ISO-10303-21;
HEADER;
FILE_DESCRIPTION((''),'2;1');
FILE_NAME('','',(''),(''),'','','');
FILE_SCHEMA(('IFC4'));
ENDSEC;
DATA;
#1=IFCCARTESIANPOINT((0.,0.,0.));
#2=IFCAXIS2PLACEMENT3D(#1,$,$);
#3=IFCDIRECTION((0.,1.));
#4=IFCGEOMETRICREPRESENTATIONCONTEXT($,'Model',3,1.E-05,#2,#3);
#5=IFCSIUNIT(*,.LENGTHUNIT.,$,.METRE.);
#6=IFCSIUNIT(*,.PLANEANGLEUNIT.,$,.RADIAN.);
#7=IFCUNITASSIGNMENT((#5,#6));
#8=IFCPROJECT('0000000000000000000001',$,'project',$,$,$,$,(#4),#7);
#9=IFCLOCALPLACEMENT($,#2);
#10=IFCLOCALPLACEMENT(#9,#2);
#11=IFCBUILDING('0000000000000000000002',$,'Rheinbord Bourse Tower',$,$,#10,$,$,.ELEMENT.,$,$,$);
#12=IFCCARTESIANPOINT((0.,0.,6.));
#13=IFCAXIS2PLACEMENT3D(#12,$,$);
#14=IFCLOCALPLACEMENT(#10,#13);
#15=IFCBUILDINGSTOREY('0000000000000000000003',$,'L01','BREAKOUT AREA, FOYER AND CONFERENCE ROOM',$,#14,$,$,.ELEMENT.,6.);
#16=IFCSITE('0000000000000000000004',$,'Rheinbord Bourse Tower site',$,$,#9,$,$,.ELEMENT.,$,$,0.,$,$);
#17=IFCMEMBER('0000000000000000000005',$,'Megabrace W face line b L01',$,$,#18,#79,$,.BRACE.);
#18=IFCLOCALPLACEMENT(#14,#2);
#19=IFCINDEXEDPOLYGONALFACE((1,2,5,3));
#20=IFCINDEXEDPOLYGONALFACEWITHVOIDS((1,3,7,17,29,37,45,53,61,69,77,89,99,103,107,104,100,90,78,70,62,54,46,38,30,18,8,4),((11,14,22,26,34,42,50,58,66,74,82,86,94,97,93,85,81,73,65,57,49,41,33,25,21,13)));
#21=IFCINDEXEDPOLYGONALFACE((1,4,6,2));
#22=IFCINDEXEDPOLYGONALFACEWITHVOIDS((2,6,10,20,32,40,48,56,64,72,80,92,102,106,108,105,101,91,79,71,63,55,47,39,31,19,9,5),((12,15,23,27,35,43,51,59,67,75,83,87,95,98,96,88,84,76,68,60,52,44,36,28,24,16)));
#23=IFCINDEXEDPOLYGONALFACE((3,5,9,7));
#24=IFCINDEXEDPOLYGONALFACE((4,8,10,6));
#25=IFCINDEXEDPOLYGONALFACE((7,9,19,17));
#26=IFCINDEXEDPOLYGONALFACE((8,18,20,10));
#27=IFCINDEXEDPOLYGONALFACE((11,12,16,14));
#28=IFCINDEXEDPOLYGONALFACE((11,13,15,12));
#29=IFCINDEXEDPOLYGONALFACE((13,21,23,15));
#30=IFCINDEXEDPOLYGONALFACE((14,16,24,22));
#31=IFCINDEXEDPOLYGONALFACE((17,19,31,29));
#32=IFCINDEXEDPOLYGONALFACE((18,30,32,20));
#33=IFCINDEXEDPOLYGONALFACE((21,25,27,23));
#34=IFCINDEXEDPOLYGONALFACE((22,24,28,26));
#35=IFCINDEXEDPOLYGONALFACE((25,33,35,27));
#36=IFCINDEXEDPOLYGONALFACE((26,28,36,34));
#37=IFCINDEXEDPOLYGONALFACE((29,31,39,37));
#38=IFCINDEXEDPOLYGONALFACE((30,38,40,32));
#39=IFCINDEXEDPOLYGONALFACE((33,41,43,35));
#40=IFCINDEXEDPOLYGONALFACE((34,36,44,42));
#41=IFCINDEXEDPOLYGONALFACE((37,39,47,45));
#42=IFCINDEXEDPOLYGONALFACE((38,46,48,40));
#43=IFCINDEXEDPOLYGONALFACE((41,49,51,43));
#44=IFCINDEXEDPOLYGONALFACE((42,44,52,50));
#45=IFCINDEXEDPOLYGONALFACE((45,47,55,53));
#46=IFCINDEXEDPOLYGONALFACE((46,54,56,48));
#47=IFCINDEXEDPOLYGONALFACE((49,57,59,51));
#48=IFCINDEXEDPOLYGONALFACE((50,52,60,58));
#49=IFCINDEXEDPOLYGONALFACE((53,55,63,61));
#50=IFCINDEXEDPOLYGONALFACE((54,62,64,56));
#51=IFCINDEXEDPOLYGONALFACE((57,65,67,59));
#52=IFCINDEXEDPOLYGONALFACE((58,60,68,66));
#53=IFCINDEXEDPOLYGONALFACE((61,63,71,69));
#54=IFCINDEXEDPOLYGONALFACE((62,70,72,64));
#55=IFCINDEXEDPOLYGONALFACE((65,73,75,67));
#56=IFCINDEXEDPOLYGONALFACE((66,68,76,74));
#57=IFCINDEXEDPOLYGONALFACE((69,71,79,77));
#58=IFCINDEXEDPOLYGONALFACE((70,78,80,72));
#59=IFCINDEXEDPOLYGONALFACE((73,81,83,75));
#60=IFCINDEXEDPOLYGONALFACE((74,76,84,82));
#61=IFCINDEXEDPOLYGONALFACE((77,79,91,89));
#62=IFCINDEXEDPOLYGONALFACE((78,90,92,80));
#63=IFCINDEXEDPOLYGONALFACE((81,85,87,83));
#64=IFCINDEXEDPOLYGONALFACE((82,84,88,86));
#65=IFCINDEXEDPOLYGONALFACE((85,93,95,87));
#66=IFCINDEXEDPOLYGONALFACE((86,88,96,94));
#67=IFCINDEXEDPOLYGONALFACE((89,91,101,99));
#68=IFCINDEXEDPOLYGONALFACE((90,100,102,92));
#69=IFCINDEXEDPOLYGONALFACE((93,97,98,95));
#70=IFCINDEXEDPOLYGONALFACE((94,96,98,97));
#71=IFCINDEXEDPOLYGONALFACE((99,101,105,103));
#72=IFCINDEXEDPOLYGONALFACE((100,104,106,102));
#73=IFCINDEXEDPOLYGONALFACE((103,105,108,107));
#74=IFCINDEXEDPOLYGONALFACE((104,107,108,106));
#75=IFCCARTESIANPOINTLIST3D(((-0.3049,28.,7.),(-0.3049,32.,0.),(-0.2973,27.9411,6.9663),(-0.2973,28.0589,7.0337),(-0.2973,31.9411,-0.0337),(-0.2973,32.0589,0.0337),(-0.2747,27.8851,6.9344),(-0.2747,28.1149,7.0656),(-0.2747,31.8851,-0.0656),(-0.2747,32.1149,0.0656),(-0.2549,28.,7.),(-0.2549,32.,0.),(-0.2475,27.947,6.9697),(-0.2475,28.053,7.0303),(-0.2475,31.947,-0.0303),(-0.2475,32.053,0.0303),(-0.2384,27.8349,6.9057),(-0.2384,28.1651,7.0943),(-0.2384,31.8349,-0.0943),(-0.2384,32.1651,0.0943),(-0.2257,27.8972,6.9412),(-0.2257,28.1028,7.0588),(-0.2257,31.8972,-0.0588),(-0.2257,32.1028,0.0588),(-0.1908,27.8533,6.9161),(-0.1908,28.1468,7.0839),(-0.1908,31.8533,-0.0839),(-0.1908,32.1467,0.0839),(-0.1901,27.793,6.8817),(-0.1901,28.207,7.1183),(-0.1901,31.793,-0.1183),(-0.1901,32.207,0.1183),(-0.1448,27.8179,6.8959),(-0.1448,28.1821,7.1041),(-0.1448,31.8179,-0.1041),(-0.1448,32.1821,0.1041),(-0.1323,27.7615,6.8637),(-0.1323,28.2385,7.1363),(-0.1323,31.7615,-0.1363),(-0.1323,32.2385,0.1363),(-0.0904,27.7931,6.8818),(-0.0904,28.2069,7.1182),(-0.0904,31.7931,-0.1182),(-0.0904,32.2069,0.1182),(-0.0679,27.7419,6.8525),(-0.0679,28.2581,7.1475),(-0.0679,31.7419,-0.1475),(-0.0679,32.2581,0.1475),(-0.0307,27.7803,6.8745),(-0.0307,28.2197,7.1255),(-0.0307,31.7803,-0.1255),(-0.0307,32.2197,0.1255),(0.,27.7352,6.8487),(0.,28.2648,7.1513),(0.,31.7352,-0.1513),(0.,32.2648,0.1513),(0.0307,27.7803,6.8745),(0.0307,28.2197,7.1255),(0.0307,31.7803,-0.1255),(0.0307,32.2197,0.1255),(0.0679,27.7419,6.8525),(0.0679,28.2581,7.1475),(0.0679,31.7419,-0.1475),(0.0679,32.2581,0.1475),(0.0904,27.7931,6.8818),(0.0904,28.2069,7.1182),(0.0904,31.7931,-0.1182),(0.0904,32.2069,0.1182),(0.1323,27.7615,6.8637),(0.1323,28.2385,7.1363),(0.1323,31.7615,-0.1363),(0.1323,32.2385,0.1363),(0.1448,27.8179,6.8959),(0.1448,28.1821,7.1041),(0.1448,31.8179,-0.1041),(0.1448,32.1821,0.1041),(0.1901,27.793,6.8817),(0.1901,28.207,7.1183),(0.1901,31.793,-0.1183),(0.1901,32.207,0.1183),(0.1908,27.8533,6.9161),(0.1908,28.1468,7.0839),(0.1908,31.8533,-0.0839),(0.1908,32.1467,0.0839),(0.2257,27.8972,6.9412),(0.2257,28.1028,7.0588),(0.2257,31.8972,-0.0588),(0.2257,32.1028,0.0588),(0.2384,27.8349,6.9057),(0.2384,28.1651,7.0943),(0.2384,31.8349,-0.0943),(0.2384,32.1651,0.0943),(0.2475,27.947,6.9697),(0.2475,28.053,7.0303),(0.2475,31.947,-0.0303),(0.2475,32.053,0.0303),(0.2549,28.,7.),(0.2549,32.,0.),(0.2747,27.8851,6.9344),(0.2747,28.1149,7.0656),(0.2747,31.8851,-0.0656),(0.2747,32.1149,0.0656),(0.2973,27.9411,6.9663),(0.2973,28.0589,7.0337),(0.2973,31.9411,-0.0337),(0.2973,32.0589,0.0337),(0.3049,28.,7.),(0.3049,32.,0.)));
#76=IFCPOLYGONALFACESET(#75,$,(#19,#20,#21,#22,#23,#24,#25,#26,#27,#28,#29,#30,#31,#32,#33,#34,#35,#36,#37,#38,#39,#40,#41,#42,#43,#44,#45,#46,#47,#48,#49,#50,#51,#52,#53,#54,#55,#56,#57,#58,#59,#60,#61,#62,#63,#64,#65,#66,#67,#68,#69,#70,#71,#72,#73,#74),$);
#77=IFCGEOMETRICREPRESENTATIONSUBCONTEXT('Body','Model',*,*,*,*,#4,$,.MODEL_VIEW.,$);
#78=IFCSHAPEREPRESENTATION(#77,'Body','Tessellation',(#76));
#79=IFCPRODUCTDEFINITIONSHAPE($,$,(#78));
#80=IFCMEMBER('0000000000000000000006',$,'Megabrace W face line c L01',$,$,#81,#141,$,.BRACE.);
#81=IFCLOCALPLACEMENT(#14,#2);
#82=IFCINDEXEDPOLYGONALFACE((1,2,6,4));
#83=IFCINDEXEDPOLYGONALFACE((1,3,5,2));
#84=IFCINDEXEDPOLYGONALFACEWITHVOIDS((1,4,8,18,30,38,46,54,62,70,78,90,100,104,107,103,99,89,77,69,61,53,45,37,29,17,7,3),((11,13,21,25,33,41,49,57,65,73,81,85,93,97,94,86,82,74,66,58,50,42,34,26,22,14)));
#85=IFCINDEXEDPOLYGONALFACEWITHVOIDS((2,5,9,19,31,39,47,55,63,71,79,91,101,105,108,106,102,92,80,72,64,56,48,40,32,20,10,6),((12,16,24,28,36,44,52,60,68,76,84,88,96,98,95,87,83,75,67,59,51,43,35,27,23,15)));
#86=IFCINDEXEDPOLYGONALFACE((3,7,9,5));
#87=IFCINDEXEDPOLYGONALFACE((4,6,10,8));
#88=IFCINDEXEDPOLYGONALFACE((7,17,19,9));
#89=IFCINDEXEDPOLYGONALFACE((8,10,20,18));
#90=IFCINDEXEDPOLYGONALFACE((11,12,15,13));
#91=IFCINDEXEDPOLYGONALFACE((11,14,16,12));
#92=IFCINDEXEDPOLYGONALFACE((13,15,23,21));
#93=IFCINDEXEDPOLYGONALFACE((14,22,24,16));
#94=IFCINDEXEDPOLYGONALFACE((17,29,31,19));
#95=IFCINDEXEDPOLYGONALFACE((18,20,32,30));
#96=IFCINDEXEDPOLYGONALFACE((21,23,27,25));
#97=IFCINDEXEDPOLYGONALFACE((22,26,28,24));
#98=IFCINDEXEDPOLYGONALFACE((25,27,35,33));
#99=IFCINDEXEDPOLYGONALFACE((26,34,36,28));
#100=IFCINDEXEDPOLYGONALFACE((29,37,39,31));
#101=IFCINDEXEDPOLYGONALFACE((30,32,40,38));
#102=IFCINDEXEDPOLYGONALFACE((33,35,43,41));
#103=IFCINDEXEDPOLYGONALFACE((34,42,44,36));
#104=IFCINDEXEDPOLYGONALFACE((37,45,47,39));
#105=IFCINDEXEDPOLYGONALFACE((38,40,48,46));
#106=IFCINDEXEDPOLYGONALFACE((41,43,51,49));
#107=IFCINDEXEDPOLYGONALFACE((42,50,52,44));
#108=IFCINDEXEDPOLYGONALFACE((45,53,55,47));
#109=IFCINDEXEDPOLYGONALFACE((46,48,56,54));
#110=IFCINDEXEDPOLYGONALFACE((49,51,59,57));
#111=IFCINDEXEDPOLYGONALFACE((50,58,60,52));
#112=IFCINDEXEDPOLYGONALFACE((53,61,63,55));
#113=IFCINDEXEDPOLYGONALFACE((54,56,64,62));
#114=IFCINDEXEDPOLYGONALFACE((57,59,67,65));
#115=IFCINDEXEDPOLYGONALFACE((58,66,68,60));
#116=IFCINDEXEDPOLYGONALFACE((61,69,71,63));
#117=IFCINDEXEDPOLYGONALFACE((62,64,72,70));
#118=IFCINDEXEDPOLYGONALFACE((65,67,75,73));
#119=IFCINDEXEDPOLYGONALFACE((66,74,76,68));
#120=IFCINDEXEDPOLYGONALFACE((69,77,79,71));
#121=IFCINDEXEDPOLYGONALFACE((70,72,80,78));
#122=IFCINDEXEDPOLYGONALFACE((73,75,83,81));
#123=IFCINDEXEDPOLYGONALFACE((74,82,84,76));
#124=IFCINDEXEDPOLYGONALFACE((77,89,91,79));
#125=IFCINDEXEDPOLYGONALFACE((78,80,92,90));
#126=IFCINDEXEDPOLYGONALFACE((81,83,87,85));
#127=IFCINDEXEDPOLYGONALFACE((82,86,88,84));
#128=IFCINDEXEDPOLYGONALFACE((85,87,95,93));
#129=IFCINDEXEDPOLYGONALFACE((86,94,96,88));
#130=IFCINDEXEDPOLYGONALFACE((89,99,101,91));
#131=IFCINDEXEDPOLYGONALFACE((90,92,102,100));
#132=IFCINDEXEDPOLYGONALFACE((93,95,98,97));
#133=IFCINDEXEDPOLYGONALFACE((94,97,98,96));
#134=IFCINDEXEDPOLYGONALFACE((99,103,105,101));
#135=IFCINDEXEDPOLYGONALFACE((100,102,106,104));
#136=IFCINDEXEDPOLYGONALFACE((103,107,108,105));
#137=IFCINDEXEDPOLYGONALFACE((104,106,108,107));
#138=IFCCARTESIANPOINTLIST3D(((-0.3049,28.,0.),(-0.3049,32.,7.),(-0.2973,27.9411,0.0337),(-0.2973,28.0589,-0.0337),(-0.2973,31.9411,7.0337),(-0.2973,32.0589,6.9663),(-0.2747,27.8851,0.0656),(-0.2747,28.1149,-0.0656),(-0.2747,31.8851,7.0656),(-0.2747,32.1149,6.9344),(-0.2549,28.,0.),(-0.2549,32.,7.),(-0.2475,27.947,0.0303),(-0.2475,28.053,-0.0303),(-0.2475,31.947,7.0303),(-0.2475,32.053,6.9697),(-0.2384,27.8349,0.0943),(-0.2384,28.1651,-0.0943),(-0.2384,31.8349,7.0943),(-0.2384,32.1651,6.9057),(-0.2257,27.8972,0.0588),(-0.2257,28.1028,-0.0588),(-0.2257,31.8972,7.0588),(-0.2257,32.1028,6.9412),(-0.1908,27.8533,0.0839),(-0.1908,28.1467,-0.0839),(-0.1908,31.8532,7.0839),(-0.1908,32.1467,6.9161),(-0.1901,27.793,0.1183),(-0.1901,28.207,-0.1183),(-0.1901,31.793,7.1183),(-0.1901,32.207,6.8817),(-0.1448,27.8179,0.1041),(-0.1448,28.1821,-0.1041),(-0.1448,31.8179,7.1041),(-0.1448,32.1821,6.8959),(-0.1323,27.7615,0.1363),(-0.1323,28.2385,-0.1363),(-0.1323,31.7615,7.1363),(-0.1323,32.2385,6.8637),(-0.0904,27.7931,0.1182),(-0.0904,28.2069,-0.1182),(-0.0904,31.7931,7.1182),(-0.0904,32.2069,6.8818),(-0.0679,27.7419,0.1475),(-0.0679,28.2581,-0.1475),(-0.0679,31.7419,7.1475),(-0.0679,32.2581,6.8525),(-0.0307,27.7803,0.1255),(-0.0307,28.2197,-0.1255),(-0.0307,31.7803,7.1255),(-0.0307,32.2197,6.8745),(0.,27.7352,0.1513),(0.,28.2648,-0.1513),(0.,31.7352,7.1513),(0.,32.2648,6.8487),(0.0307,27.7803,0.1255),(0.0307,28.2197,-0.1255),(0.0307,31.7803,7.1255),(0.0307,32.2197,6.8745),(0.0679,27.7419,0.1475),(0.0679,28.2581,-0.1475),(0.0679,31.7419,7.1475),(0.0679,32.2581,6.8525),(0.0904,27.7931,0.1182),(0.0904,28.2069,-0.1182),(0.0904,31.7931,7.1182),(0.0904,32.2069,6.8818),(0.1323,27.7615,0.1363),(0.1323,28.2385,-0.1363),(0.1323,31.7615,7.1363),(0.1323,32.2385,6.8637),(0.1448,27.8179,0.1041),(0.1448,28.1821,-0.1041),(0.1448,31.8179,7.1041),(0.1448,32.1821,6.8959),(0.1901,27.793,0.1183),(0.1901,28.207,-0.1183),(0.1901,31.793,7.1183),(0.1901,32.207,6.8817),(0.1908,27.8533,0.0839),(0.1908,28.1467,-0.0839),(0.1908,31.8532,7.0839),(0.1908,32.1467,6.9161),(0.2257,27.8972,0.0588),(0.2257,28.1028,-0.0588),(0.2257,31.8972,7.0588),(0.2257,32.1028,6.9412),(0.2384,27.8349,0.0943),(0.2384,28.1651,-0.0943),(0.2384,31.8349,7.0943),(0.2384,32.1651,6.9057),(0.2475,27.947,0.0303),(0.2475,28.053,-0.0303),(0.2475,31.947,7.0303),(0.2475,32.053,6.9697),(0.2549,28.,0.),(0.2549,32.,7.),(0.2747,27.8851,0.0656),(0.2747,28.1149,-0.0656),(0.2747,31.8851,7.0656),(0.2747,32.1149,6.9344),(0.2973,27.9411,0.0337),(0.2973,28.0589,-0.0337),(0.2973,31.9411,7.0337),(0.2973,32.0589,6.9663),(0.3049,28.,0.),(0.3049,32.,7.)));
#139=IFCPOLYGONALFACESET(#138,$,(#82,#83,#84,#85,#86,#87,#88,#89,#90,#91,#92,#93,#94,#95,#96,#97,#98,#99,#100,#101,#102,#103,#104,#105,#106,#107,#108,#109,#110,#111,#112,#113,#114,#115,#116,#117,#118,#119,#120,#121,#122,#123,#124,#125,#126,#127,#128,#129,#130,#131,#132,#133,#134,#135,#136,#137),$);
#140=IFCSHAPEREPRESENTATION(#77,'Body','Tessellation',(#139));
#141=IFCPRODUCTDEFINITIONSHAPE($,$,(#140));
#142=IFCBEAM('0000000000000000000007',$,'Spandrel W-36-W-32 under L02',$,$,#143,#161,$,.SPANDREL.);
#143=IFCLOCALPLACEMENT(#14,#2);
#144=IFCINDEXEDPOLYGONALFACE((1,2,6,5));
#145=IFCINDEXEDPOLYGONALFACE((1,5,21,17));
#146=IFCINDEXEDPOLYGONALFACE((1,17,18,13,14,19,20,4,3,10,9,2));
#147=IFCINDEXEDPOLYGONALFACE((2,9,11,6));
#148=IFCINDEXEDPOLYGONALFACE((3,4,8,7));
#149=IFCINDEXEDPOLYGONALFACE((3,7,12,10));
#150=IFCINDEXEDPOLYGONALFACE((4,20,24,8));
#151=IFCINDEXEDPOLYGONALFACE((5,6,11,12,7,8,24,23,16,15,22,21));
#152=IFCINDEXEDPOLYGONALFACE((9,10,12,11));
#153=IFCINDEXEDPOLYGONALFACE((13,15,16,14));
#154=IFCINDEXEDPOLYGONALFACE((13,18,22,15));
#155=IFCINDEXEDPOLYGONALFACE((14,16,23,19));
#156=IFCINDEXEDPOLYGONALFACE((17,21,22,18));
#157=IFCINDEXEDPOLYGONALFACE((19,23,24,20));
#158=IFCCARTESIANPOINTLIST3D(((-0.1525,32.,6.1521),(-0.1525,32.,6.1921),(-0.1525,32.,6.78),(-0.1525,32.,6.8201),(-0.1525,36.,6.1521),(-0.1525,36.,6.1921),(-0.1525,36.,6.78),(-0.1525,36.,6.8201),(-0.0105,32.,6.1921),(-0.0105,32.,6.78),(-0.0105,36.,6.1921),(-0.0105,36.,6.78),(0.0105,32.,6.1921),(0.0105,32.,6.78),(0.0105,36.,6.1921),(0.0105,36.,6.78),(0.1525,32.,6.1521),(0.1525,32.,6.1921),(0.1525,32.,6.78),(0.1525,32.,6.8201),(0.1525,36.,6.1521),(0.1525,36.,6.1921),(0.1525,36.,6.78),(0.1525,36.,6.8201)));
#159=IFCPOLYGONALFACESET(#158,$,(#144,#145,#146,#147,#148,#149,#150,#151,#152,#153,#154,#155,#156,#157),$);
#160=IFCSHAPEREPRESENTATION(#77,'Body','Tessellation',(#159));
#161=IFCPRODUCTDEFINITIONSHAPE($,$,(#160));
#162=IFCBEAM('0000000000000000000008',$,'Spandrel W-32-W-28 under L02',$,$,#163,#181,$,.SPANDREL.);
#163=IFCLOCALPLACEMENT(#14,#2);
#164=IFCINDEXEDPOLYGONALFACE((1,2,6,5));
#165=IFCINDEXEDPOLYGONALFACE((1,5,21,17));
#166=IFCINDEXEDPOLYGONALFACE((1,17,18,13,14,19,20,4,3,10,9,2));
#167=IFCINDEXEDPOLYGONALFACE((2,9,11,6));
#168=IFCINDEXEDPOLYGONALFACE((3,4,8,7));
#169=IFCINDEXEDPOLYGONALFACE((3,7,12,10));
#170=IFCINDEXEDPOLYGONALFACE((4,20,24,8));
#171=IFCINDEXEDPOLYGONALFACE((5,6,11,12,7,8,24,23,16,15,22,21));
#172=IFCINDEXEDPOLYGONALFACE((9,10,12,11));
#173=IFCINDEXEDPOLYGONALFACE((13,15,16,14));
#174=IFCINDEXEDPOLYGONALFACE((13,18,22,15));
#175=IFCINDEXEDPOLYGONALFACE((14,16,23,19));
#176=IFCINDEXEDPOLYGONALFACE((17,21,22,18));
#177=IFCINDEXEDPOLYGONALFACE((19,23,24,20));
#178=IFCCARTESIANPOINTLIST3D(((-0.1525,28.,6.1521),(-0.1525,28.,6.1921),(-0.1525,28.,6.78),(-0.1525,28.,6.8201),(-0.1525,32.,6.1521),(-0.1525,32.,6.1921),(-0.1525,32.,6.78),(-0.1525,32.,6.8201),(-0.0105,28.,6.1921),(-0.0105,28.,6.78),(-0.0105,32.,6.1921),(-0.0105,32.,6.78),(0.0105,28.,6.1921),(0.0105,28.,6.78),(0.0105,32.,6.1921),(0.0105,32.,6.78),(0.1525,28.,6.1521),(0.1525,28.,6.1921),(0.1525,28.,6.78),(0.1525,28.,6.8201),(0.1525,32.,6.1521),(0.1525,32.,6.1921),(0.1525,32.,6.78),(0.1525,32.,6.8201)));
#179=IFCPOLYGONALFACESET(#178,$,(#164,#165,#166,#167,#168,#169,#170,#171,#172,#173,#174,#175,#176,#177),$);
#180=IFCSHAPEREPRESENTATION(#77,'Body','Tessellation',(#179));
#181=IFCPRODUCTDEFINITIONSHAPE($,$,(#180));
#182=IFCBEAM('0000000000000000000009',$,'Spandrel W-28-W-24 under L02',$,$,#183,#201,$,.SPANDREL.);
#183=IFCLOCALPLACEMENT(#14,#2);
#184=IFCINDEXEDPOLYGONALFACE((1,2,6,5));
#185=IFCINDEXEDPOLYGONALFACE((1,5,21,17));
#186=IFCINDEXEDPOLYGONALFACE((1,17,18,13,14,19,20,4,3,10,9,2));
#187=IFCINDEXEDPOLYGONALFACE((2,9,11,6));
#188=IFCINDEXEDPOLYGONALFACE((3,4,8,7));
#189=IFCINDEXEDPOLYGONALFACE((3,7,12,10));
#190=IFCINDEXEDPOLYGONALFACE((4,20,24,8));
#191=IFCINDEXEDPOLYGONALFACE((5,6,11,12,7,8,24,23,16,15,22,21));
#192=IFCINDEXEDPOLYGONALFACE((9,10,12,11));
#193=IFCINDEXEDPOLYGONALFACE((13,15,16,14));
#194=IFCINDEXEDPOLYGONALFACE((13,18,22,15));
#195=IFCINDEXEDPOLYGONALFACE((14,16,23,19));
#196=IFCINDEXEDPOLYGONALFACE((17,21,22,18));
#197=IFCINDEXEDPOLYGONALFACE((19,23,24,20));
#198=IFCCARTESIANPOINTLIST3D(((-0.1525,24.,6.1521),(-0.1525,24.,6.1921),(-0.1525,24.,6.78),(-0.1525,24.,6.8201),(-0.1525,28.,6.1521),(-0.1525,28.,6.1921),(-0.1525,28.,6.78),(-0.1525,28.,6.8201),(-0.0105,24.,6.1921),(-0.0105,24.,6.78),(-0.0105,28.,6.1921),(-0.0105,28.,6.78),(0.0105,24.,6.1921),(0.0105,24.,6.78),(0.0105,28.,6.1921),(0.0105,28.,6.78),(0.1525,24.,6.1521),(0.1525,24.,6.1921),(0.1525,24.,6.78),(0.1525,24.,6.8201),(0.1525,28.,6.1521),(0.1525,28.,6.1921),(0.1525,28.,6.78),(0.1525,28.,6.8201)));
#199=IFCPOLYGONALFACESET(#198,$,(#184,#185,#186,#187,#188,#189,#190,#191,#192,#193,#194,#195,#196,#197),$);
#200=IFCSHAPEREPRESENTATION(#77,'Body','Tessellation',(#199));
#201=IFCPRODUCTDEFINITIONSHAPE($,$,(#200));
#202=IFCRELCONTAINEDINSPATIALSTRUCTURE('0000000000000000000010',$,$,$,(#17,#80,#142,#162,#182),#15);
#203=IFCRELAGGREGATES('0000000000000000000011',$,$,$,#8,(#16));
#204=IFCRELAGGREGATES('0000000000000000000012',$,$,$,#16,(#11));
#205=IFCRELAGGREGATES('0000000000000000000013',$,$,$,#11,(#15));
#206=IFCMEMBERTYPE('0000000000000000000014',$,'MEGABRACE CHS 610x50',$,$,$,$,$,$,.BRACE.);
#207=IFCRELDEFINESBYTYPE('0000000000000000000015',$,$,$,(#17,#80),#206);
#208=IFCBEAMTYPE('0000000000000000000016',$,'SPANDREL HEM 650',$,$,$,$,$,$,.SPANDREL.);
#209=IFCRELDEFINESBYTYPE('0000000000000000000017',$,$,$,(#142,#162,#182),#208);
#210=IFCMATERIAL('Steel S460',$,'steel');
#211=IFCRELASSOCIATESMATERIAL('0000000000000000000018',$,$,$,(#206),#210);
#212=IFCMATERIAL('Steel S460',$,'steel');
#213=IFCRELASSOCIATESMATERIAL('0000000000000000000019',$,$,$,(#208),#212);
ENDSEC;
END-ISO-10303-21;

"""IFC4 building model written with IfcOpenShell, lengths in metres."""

from ifc_helpers import new_model, si_unit, direction, frame, origin, origin_2d, place, context, subcontext, project, spatial, hollow_circle, i_section, extrude, material, material_profile, profile_set, type_object, element, save


model = new_model("IFC4")

# Units and contexts
model_context = context("Model", 3, precision=1e-05, world=origin(), true_north=direction((0.0, 1.0)))
body_context = subcontext(model_context, "Body", "Model", "MODEL_VIEW")
ifc_project = project(units=[si_unit("LENGTHUNIT", "METRE"), si_unit("PLANEANGLEUNIT", "RADIAN")], contexts=[model_context])

# Site, building, storey
site_placement = place(None, origin())
site = spatial("IfcSite", under=ifc_project, at=site_placement, Name="Rheinbord Bourse Tower site", CompositionType="ELEMENT", RefElevation=0.0)
building_placement = place(site_placement, origin())
building = spatial("IfcBuilding", under=site, at=building_placement, Name="Rheinbord Bourse Tower", CompositionType="ELEMENT")
storey_placement = place(building_placement, frame((0.0, 0.0, 6.0)))
storey = spatial("IfcBuildingStorey", under=building, at=storey_placement, Name="L01", Description="BREAKOUT AREA, FOYER AND CONFERENCE ROOM", CompositionType="ELEMENT", Elevation=6.0)

# Members
ifc_material_1 = material(Name="Steel S460", Category="steel")
ifc_material_profile_1 = material_profile(ifc_material_1, hollow_circle(Radius=0.3049, WallThickness=0.05, at=origin_2d()), Name="CHS 610x50")
ifc_profile_set_1 = profile_set([ifc_material_profile_1], Name="Steel S460")
member_type_1 = type_object("IfcMemberType", Name="MEGABRACE CHS 610x50", PredefinedType="BRACE", material=ifc_profile_set_1)
for number, where, z_axis, x_axis, name in (
    (1, (0.0, 32.0, 0.0), (0.0, -0.496139, 0.868243), (1.0, 0.0, 0.0), "Megabrace W face line b L01"),
    (2, (0.0, 28.0, 0.0), (0.0, 0.496139, 0.868243), (-1.0, 0.0, 0.0), "Megabrace W face line c L01"),
):
    element("IfcMember", number, at=place(storey_placement, frame(where, z_axis=z_axis, x_axis=x_axis)), inside=storey, type_object=member_type_1, Name=name, PredefinedType="BRACE", context=body_context, shape_type="SweptSolid", body=[
        extrude(hollow_circle(Radius=0.3049, WallThickness=0.05, at=origin_2d()), origin(), (0.0, 0.0, 1.0), 8.0623),
    ])

# Beams
ifc_material_2 = material(Name="Steel S460", Category="steel")
ifc_material_profile_2 = material_profile(ifc_material_2, i_section(OverallWidth=0.3049, OverallDepth=0.668, WebThickness=0.021, FlangeThickness=0.04, at=origin_2d()), Name="HEM 650")
ifc_profile_set_2 = profile_set([ifc_material_profile_2], Name="Steel S460")
beam_type_1 = type_object("IfcBeamType", Name="SPANDREL HEM 650", PredefinedType="SPANDREL", material=ifc_profile_set_2)
for number, where, z_axis, x_axis, name in (
    (3, (0.0, 36.0, 6.4861), (0.0, -1.0, 0.0), (1.0, 0.0, 0.0), "Spandrel W-36-W-32 under L02"),
    (4, (0.0, 32.0, 6.4861), (0.0, -1.0, 0.0), (1.0, 0.0, 0.0), "Spandrel W-32-W-28 under L02"),
    (5, (0.0, 28.0, 6.4861), (0.0, -1.0, 0.0), (1.0, 0.0, 0.0), "Spandrel W-28-W-24 under L02"),
):
    element("IfcBeam", number, at=place(storey_placement, frame(where, z_axis=z_axis, x_axis=x_axis)), inside=storey, type_object=beam_type_1, Name=name, PredefinedType="SPANDREL", context=body_context, shape_type="SweptSolid", body=[
        extrude(i_section(OverallWidth=0.3049, OverallDepth=0.668, WebThickness=0.021, FlangeThickness=0.04, at=origin_2d()), origin(), (0.0, 0.0, 1.0), 4.0),
    ])

save(model, "model.ifc")
